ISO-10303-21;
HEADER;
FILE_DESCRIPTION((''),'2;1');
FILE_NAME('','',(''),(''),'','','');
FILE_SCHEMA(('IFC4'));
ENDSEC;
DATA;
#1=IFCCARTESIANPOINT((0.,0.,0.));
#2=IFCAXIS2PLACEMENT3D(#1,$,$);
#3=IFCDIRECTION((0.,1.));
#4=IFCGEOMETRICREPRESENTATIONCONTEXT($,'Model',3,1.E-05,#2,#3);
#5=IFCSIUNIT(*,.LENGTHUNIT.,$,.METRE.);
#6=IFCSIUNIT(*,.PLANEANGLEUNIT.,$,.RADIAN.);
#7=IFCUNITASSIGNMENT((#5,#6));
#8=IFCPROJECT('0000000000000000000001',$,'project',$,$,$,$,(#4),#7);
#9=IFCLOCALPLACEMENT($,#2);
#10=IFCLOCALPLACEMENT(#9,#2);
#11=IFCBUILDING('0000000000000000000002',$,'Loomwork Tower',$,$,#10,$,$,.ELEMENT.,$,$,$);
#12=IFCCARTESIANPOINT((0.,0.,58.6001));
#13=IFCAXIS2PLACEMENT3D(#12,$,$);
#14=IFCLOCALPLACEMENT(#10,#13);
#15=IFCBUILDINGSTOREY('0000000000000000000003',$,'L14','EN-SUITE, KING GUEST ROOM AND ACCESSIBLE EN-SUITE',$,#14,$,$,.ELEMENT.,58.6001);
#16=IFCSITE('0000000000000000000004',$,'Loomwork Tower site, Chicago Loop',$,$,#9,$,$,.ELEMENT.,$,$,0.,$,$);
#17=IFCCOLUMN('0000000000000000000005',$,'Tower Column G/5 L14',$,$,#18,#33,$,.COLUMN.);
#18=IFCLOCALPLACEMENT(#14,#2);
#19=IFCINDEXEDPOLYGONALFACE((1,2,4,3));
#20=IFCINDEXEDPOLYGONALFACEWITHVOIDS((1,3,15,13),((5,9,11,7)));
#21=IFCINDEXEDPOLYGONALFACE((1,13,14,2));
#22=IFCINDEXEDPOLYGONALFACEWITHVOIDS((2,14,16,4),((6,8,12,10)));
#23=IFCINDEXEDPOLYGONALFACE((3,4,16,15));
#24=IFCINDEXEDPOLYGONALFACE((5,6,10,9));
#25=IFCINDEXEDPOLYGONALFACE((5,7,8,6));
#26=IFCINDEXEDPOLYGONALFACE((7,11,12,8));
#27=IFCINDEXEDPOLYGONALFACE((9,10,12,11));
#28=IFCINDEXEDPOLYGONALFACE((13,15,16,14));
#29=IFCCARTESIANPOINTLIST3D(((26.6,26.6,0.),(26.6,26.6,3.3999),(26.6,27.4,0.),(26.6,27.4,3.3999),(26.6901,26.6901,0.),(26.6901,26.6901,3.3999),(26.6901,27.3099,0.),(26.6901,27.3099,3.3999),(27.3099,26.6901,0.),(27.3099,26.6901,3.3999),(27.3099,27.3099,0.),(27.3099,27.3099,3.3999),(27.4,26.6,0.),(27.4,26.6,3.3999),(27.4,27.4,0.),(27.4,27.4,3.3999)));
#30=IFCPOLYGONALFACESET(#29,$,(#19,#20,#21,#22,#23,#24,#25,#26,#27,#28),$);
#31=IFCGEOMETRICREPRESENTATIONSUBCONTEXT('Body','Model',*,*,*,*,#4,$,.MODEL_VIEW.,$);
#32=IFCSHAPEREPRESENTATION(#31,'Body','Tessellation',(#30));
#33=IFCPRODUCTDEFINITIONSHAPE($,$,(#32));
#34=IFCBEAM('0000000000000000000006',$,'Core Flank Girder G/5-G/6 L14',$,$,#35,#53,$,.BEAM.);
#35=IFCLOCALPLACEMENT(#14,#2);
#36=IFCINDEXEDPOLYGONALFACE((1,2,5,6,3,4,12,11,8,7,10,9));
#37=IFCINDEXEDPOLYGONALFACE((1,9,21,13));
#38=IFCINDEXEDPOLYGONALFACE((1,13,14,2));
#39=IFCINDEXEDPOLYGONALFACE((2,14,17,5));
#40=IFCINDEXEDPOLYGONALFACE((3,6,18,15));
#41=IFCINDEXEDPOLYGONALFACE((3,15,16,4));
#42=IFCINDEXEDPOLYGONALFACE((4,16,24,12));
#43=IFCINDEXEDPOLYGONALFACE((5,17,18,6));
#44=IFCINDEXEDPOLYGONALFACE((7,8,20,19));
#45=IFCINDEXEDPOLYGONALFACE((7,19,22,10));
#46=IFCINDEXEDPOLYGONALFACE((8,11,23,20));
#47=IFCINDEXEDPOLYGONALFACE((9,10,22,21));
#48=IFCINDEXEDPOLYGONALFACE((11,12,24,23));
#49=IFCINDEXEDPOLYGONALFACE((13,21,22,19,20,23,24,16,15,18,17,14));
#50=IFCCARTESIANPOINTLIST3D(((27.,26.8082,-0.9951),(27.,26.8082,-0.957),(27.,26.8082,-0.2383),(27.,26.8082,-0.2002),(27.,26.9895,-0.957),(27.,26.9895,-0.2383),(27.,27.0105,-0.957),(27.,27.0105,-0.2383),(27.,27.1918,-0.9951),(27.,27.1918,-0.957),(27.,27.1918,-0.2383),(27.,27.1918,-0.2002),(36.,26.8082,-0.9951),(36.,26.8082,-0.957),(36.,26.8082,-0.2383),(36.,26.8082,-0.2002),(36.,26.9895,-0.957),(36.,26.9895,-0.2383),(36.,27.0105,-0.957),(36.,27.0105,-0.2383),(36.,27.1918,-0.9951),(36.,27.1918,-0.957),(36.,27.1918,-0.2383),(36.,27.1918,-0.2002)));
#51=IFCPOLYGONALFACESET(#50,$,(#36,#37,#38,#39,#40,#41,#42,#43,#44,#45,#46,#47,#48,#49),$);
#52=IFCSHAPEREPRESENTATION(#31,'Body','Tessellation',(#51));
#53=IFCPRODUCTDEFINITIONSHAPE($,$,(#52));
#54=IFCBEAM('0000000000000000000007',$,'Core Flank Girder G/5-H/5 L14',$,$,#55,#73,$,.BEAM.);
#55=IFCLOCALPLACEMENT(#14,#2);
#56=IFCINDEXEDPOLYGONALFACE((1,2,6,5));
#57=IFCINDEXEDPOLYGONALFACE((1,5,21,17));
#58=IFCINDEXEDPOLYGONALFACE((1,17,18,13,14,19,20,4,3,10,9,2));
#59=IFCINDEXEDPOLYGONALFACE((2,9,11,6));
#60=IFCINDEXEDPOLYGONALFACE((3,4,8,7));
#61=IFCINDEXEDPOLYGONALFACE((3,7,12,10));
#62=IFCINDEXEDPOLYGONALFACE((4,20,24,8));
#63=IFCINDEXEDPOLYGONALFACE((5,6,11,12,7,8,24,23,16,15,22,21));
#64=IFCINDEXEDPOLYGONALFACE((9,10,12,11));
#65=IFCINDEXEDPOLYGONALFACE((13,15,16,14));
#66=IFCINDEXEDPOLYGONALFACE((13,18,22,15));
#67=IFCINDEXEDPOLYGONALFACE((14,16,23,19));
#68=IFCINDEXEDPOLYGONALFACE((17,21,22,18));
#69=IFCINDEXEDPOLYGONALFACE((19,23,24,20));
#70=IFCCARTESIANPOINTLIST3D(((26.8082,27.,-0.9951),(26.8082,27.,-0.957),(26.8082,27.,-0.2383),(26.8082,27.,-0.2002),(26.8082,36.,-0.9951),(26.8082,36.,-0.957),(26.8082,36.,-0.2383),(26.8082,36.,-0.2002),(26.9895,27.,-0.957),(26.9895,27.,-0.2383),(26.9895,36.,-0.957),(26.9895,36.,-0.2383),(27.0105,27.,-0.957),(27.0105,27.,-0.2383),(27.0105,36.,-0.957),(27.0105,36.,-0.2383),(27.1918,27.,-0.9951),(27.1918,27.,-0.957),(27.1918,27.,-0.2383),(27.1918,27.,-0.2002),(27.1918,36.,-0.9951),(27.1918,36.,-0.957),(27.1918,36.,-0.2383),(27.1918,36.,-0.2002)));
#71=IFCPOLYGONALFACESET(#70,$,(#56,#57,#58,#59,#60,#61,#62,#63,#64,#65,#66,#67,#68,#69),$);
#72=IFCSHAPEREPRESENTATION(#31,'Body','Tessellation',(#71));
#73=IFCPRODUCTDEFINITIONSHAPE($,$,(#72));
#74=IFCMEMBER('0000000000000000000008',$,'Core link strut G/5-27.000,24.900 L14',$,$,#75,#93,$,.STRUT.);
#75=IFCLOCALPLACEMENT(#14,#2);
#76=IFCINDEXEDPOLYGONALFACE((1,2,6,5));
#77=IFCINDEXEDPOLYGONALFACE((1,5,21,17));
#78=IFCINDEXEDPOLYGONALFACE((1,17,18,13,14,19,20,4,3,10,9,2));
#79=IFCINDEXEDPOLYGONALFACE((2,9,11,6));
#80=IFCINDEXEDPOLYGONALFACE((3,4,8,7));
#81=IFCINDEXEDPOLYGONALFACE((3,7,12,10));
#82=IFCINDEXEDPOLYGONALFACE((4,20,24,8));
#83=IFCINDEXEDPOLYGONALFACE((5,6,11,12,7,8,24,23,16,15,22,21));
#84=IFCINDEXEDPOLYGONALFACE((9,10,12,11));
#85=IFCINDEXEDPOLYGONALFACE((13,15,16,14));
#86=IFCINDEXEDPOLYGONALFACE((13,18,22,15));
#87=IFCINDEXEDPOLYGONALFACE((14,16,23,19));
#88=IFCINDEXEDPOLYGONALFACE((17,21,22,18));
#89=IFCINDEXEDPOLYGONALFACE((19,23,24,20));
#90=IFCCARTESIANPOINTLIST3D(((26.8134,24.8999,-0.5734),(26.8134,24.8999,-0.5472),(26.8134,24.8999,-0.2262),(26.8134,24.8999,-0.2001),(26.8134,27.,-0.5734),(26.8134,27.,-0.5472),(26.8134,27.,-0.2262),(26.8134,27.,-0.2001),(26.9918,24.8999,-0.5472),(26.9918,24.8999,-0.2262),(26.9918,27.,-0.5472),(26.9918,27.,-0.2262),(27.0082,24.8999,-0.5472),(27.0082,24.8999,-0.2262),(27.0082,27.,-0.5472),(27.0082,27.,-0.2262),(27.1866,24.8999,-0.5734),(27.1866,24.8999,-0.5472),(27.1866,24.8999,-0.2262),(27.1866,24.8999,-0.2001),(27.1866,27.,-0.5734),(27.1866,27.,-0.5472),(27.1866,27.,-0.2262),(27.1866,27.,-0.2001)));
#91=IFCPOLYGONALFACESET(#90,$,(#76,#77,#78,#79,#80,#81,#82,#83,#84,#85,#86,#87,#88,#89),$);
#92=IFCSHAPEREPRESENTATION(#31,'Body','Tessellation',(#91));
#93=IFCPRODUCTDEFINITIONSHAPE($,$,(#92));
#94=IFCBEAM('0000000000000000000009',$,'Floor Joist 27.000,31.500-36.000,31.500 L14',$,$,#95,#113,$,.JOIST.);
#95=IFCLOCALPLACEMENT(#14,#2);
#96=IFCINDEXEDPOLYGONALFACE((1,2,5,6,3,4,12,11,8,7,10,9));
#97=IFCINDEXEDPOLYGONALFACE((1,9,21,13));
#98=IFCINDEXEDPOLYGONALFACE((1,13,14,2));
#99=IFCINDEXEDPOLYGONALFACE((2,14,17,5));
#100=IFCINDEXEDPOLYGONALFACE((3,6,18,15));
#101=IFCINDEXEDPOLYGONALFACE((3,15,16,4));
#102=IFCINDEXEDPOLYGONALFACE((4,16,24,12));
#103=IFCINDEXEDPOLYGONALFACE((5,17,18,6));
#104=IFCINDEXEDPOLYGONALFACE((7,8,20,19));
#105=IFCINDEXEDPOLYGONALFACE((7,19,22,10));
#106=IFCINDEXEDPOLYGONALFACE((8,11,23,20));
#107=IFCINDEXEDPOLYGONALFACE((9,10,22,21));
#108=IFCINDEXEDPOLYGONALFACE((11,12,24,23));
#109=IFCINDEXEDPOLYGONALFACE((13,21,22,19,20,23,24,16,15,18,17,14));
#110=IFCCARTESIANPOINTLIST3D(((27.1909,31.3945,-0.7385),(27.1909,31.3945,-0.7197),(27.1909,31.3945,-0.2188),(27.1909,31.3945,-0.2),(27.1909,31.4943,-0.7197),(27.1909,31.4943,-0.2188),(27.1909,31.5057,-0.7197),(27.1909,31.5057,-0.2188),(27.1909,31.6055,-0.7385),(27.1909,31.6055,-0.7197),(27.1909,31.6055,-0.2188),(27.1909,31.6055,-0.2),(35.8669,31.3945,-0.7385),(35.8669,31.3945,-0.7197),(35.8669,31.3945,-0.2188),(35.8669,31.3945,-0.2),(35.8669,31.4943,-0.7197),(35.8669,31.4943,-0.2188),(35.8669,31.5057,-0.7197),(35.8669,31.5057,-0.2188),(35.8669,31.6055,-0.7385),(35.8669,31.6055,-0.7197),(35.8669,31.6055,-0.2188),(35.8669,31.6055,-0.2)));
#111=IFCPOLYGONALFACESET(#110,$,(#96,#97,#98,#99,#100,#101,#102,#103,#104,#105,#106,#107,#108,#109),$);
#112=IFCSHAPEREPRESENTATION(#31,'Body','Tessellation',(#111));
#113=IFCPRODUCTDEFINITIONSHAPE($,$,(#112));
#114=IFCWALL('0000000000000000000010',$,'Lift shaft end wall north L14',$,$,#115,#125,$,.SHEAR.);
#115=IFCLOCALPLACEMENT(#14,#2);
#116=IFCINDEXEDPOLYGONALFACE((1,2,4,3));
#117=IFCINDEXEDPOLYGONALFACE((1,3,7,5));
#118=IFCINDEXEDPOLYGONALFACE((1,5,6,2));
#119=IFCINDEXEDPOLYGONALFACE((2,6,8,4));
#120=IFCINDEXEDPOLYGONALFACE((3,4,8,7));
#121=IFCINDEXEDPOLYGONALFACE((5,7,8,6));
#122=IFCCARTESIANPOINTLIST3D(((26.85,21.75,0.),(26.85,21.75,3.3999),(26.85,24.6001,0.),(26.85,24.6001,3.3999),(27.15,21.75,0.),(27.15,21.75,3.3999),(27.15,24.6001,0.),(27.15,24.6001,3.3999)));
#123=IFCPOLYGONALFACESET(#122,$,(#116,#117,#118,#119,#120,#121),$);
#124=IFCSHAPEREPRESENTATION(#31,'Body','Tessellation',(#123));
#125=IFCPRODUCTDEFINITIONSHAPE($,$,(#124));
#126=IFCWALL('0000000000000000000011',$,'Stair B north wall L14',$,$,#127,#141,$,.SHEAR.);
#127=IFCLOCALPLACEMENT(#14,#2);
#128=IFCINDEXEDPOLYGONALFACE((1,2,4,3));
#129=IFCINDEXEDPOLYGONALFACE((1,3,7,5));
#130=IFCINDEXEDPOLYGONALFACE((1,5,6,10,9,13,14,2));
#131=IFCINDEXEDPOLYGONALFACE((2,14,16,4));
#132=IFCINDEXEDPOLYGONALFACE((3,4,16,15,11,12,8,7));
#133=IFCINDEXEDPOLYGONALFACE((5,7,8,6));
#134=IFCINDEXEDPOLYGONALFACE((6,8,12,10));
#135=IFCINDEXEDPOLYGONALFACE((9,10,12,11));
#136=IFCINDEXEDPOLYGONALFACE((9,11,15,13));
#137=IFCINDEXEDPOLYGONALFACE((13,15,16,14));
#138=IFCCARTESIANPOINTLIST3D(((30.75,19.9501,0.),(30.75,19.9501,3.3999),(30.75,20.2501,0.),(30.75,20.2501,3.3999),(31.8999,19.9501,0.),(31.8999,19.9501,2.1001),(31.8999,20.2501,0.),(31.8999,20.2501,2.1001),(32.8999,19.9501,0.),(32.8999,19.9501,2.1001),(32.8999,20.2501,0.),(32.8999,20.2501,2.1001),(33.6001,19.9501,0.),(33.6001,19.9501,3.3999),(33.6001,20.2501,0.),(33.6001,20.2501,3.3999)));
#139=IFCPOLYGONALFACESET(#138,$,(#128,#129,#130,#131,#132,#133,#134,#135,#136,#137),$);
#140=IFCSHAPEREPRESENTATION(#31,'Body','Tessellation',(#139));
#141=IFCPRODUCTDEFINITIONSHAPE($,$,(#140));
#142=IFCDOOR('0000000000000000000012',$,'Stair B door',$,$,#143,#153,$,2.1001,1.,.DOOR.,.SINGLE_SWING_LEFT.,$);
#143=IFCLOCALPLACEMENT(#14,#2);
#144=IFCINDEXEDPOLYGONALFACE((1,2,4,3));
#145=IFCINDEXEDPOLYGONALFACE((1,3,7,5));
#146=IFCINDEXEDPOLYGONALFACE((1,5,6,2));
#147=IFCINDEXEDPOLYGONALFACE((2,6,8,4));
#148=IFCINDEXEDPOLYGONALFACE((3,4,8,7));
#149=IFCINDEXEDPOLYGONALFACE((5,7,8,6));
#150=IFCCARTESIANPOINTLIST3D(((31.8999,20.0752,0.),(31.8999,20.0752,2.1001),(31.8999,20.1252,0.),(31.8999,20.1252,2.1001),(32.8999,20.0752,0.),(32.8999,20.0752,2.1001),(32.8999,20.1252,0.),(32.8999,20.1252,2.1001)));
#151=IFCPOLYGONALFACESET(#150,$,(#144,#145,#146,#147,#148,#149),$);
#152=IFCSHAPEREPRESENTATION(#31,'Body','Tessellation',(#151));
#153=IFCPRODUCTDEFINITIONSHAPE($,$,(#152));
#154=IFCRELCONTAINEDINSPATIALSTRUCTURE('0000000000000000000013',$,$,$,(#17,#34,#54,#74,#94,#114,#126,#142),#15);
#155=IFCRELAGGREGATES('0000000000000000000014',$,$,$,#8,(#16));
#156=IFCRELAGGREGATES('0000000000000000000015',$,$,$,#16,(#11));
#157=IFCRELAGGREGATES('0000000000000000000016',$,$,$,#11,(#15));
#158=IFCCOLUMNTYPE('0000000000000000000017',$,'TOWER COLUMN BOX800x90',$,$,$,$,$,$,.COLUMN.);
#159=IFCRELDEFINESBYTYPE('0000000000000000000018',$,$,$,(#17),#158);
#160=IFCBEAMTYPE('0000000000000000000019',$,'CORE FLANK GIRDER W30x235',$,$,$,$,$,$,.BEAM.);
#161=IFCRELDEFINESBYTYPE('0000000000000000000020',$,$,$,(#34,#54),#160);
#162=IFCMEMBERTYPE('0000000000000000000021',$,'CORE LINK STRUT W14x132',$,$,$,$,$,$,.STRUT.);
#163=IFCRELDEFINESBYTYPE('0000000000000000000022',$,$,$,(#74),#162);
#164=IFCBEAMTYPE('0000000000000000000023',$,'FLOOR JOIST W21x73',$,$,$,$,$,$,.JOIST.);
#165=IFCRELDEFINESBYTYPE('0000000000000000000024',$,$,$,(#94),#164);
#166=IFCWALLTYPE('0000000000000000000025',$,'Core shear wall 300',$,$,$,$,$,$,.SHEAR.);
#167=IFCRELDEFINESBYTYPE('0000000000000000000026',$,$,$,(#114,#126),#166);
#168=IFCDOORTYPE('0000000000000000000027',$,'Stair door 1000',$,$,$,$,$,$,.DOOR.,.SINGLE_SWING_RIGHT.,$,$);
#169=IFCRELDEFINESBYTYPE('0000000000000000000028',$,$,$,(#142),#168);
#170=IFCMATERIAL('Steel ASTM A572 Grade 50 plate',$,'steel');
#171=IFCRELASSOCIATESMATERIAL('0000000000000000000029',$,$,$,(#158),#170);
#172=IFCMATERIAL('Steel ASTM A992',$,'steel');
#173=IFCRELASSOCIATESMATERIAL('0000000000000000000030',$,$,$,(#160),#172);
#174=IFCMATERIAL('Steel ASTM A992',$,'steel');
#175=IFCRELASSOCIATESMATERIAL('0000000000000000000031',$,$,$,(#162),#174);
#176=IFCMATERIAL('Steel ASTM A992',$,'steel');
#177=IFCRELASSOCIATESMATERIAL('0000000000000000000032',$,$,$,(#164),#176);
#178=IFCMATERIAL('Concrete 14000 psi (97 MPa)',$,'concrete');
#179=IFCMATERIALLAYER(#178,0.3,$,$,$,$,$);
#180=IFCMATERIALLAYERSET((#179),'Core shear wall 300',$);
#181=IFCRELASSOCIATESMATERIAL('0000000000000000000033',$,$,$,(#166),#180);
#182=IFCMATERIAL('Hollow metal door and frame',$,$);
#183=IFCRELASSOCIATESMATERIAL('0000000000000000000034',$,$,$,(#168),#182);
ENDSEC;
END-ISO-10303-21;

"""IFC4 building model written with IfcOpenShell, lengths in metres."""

from ifc_helpers import new_model, si_unit, direction, frame, frame_2d, origin, origin_2d, place, context, subcontext, project, spatial, rectangle, hollow_rectangle, i_section, extrude, material, layer, layer_set, material_profile, profile_set, type_object, element, fill, save


model = new_model("IFC4")

# Units and contexts
model_context = context("Model", 3, precision=1e-05, world=origin(), true_north=direction((0.0, 1.0)))
body_context = subcontext(model_context, "Body", "Model", "MODEL_VIEW")
ifc_project = project(units=[si_unit("LENGTHUNIT", "METRE"), si_unit("PLANEANGLEUNIT", "RADIAN")], contexts=[model_context])

# Site, building, storey
site_placement = place(None, origin())
site = spatial("IfcSite", under=ifc_project, at=site_placement, Name="Loomwork Tower site, Chicago Loop", CompositionType="ELEMENT", RefElevation=0.0)
building_placement = place(site_placement, origin())
building = spatial("IfcBuilding", under=site, at=building_placement, Name="Loomwork Tower", CompositionType="ELEMENT")
storey_placement = place(building_placement, frame((0.0, 0.0, 58.6001)))
storey = spatial("IfcBuildingStorey", under=building, at=storey_placement, Name="L14", Description="EN-SUITE, KING GUEST ROOM AND ACCESSIBLE EN-SUITE", CompositionType="ELEMENT", Elevation=58.6001)

# Column
ifc_material_1 = material(Name="Steel ASTM A572 Grade 50 plate", Category="steel")
ifc_material_profile_1 = material_profile(ifc_material_1, hollow_rectangle(XDim=0.8, YDim=0.8, WallThickness=0.0901, at=origin_2d()), Name="BOX800x90")
ifc_profile_set_1 = profile_set([ifc_material_profile_1], Name="Steel ASTM A572 Grade 50 plate")
column_type = type_object("IfcColumnType", Name="TOWER COLUMN BOX800x90", PredefinedType="COLUMN", material=ifc_profile_set_1)
column_placement = place(storey_placement, frame((27.0, 27.0, 0.0), z_axis=(0.0, 0.0, 1.0), x_axis=(1.0, 0.0, 0.0)))
element("IfcColumn", 1, at=column_placement, inside=storey, type_object=column_type, Name="Tower Column G/5 L14", PredefinedType="COLUMN", context=body_context, shape_type="SweptSolid", body=[
    extrude(hollow_rectangle(XDim=0.8, YDim=0.8, WallThickness=0.0901, at=origin_2d()), origin(), (0.0, 0.0, 1.0), 3.3999),
])

# Beams
ifc_material_2 = material(Name="Steel ASTM A992", Category="steel")
ifc_material_profile_2 = material_profile(ifc_material_2, i_section(OverallWidth=0.3835, OverallDepth=0.7949, WebThickness=0.021, FlangeThickness=0.0381, at=origin_2d()), Name="W30x235")
ifc_profile_set_2 = profile_set([ifc_material_profile_2], Name="Steel ASTM A992")
beam_type_1 = type_object("IfcBeamType", Name="CORE FLANK GIRDER W30x235", PredefinedType="BEAM", material=ifc_profile_set_2)
for number, where, z_axis, x_axis, name in (
    (2, (27.0, 27.0, -0.5977), (1.0, 0.0, 0.0), (0.0, 1.0, 0.0), "Core Flank Girder G/5-G/6 L14"),
    (3, (27.0, 27.0, -0.5977), (0.0, 1.0, 0.0), (-1.0, 0.0, 0.0), "Core Flank Girder G/5-H/5 L14"),
):
    element("IfcBeam", number, at=place(storey_placement, frame(where, z_axis=z_axis, x_axis=x_axis)), inside=storey, type_object=beam_type_1, Name=name, PredefinedType="BEAM", context=body_context, shape_type="SweptSolid", body=[
        extrude(i_section(OverallWidth=0.3835, OverallDepth=0.7949, WebThickness=0.021, FlangeThickness=0.0381, at=origin_2d()), origin(), (0.0, 0.0, 1.0), 9.0),
    ])

# Member
ifc_material_3 = material(Name="Steel ASTM A992", Category="steel")
ifc_material_profile_3 = material_profile(ifc_material_3, i_section(OverallWidth=0.3733, OverallDepth=0.3733, WebThickness=0.0164, FlangeThickness=0.0261, at=origin_2d()), Name="W14x132")
ifc_profile_set_3 = profile_set([ifc_material_profile_3], Name="Steel ASTM A992")
member_type = type_object("IfcMemberType", Name="CORE LINK STRUT W14x132", PredefinedType="STRUT", material=ifc_profile_set_3)
member_placement = place(storey_placement, frame((27.0, 27.0, -0.3867), z_axis=(0.0, -1.0, 0.0), x_axis=(1.0, 0.0, 0.0)))
element("IfcMember", 4, at=member_placement, inside=storey, type_object=member_type, Name="Core link strut G/5-27.000,24.900 L14", PredefinedType="STRUT", context=body_context, shape_type="SweptSolid", body=[
    extrude(i_section(OverallWidth=0.3733, OverallDepth=0.3733, WebThickness=0.0164, FlangeThickness=0.0261, at=origin_2d()), origin(), (0.0, 0.0, 1.0), 2.1001),
])

# Beam
ifc_material_4 = material(Name="Steel ASTM A992", Category="steel")
ifc_material_profile_4 = material_profile(ifc_material_4, i_section(OverallWidth=0.2109, OverallDepth=0.5386, WebThickness=0.0115, FlangeThickness=0.0188, at=origin_2d()), Name="W21x73")
ifc_profile_set_4 = profile_set([ifc_material_profile_4], Name="Steel ASTM A992")
beam_type_2 = type_object("IfcBeamType", Name="FLOOR JOIST W21x73", PredefinedType="JOIST", material=ifc_profile_set_4)
beam_placement = place(storey_placement, frame((27.1909, 31.5, -0.4692), z_axis=(1.0, 0.0, 0.0), x_axis=(0.0, 1.0, 0.0)))
element("IfcBeam", 5, at=beam_placement, inside=storey, type_object=beam_type_2, Name="Floor Joist 27.000,31.500-36.000,31.500 L14", PredefinedType="JOIST", context=body_context, shape_type="SweptSolid", body=[
    extrude(i_section(OverallWidth=0.2109, OverallDepth=0.5386, WebThickness=0.0115, FlangeThickness=0.0188, at=origin_2d()), origin(), (0.0, 0.0, 1.0), 8.676),
])

# Wall
ifc_material_5 = material(Name="Concrete 14000 psi (97 MPa)", Category="concrete")
ifc_layer_1 = layer(ifc_material_5, 0.3)
ifc_layer_set_1 = layer_set([ifc_layer_1], Name="Core shear wall 300")
wall_type_1 = type_object("IfcWallType", Name="Core shear wall 300", PredefinedType="SHEAR", material=ifc_layer_set_1)
wall_1_placement = place(storey_placement, frame((27.0, 21.75, 0.0), z_axis=(0.0, 0.0, 1.0), x_axis=(0.0, 1.0, 0.0)))
element("IfcWall", 6, at=wall_1_placement, inside=storey, type_object=wall_type_1, Name="Lift shaft end wall north L14", PredefinedType="SHEAR", context=body_context, shape_type="SweptSolid", body=[
    extrude(rectangle(XDim=2.8501, YDim=0.3, at=frame_2d((1.425, 0.0))), origin(), (0.0, 0.0, 1.0), 3.3999),
])

# Wall, opening, door
wall_2_placement = place(storey_placement, frame((30.75, 20.1001, 0.0), z_axis=(0.0, 0.0, 1.0), x_axis=(1.0, 0.0, 0.0)))
wall_2 = element("IfcWall", 7, at=wall_2_placement, inside=storey, type_object=wall_type_1, Name="Stair B north wall L14", PredefinedType="SHEAR", context=body_context, shape_type="SweptSolid", body=[
    extrude(rectangle(XDim=2.8501, YDim=0.3, at=frame_2d((1.425, 0.0))), origin(), (0.0, 0.0, 1.0), 3.3999),
])
opening_1_placement = place(wall_2_placement, frame((1.1499, 0.0, 0.0)))
opening_1 = element("IfcOpeningElement", 8, at=opening_1_placement, cuts=wall_2, PredefinedType="OPENING", context=body_context, shape_type="SweptSolid", body=[
    extrude(rectangle(XDim=1.0, YDim=2.1001, at=frame_2d((0.5, 1.05))), frame((0.0, 0.1599, 0.0), z_axis=(0.0, -1.0, 0.0), x_axis=(1.0, 0.0, 0.0)), (0.0, 0.0, 1.0), 0.3201),
])
ifc_material_6 = material(Name="Hollow metal door and frame")
door_type_1 = type_object("IfcDoorType", Name="Stair door 1000", OperationType="SINGLE_SWING_RIGHT", PredefinedType="DOOR", material=ifc_material_6)
door_1_placement = place(opening_1_placement, frame((1.0, 0.0, 0.0), z_axis=(0.0, 0.0, 1.0), x_axis=(-1.0, 0.0, 0.0)))
door_1 = element("IfcDoor", 9, at=door_1_placement, inside=storey, type_object=door_type_1, Name="Stair B door", OperationType="SINGLE_SWING_LEFT", OverallHeight=2.1001, OverallWidth=1.0, PredefinedType="DOOR", context=body_context, shape_type="SweptSolid", body=[
    extrude(rectangle(XDim=1.0, YDim=2.1001, at=frame_2d((0.5, 1.05))), frame((0.0, 0.0249, 0.0), z_axis=(0.0, -1.0, 0.0), x_axis=(1.0, 0.0, 0.0)), (0.0, 0.0, 1.0), 0.05),
])
fill(opening_1, door_1)

save(model, "model.ifc")
